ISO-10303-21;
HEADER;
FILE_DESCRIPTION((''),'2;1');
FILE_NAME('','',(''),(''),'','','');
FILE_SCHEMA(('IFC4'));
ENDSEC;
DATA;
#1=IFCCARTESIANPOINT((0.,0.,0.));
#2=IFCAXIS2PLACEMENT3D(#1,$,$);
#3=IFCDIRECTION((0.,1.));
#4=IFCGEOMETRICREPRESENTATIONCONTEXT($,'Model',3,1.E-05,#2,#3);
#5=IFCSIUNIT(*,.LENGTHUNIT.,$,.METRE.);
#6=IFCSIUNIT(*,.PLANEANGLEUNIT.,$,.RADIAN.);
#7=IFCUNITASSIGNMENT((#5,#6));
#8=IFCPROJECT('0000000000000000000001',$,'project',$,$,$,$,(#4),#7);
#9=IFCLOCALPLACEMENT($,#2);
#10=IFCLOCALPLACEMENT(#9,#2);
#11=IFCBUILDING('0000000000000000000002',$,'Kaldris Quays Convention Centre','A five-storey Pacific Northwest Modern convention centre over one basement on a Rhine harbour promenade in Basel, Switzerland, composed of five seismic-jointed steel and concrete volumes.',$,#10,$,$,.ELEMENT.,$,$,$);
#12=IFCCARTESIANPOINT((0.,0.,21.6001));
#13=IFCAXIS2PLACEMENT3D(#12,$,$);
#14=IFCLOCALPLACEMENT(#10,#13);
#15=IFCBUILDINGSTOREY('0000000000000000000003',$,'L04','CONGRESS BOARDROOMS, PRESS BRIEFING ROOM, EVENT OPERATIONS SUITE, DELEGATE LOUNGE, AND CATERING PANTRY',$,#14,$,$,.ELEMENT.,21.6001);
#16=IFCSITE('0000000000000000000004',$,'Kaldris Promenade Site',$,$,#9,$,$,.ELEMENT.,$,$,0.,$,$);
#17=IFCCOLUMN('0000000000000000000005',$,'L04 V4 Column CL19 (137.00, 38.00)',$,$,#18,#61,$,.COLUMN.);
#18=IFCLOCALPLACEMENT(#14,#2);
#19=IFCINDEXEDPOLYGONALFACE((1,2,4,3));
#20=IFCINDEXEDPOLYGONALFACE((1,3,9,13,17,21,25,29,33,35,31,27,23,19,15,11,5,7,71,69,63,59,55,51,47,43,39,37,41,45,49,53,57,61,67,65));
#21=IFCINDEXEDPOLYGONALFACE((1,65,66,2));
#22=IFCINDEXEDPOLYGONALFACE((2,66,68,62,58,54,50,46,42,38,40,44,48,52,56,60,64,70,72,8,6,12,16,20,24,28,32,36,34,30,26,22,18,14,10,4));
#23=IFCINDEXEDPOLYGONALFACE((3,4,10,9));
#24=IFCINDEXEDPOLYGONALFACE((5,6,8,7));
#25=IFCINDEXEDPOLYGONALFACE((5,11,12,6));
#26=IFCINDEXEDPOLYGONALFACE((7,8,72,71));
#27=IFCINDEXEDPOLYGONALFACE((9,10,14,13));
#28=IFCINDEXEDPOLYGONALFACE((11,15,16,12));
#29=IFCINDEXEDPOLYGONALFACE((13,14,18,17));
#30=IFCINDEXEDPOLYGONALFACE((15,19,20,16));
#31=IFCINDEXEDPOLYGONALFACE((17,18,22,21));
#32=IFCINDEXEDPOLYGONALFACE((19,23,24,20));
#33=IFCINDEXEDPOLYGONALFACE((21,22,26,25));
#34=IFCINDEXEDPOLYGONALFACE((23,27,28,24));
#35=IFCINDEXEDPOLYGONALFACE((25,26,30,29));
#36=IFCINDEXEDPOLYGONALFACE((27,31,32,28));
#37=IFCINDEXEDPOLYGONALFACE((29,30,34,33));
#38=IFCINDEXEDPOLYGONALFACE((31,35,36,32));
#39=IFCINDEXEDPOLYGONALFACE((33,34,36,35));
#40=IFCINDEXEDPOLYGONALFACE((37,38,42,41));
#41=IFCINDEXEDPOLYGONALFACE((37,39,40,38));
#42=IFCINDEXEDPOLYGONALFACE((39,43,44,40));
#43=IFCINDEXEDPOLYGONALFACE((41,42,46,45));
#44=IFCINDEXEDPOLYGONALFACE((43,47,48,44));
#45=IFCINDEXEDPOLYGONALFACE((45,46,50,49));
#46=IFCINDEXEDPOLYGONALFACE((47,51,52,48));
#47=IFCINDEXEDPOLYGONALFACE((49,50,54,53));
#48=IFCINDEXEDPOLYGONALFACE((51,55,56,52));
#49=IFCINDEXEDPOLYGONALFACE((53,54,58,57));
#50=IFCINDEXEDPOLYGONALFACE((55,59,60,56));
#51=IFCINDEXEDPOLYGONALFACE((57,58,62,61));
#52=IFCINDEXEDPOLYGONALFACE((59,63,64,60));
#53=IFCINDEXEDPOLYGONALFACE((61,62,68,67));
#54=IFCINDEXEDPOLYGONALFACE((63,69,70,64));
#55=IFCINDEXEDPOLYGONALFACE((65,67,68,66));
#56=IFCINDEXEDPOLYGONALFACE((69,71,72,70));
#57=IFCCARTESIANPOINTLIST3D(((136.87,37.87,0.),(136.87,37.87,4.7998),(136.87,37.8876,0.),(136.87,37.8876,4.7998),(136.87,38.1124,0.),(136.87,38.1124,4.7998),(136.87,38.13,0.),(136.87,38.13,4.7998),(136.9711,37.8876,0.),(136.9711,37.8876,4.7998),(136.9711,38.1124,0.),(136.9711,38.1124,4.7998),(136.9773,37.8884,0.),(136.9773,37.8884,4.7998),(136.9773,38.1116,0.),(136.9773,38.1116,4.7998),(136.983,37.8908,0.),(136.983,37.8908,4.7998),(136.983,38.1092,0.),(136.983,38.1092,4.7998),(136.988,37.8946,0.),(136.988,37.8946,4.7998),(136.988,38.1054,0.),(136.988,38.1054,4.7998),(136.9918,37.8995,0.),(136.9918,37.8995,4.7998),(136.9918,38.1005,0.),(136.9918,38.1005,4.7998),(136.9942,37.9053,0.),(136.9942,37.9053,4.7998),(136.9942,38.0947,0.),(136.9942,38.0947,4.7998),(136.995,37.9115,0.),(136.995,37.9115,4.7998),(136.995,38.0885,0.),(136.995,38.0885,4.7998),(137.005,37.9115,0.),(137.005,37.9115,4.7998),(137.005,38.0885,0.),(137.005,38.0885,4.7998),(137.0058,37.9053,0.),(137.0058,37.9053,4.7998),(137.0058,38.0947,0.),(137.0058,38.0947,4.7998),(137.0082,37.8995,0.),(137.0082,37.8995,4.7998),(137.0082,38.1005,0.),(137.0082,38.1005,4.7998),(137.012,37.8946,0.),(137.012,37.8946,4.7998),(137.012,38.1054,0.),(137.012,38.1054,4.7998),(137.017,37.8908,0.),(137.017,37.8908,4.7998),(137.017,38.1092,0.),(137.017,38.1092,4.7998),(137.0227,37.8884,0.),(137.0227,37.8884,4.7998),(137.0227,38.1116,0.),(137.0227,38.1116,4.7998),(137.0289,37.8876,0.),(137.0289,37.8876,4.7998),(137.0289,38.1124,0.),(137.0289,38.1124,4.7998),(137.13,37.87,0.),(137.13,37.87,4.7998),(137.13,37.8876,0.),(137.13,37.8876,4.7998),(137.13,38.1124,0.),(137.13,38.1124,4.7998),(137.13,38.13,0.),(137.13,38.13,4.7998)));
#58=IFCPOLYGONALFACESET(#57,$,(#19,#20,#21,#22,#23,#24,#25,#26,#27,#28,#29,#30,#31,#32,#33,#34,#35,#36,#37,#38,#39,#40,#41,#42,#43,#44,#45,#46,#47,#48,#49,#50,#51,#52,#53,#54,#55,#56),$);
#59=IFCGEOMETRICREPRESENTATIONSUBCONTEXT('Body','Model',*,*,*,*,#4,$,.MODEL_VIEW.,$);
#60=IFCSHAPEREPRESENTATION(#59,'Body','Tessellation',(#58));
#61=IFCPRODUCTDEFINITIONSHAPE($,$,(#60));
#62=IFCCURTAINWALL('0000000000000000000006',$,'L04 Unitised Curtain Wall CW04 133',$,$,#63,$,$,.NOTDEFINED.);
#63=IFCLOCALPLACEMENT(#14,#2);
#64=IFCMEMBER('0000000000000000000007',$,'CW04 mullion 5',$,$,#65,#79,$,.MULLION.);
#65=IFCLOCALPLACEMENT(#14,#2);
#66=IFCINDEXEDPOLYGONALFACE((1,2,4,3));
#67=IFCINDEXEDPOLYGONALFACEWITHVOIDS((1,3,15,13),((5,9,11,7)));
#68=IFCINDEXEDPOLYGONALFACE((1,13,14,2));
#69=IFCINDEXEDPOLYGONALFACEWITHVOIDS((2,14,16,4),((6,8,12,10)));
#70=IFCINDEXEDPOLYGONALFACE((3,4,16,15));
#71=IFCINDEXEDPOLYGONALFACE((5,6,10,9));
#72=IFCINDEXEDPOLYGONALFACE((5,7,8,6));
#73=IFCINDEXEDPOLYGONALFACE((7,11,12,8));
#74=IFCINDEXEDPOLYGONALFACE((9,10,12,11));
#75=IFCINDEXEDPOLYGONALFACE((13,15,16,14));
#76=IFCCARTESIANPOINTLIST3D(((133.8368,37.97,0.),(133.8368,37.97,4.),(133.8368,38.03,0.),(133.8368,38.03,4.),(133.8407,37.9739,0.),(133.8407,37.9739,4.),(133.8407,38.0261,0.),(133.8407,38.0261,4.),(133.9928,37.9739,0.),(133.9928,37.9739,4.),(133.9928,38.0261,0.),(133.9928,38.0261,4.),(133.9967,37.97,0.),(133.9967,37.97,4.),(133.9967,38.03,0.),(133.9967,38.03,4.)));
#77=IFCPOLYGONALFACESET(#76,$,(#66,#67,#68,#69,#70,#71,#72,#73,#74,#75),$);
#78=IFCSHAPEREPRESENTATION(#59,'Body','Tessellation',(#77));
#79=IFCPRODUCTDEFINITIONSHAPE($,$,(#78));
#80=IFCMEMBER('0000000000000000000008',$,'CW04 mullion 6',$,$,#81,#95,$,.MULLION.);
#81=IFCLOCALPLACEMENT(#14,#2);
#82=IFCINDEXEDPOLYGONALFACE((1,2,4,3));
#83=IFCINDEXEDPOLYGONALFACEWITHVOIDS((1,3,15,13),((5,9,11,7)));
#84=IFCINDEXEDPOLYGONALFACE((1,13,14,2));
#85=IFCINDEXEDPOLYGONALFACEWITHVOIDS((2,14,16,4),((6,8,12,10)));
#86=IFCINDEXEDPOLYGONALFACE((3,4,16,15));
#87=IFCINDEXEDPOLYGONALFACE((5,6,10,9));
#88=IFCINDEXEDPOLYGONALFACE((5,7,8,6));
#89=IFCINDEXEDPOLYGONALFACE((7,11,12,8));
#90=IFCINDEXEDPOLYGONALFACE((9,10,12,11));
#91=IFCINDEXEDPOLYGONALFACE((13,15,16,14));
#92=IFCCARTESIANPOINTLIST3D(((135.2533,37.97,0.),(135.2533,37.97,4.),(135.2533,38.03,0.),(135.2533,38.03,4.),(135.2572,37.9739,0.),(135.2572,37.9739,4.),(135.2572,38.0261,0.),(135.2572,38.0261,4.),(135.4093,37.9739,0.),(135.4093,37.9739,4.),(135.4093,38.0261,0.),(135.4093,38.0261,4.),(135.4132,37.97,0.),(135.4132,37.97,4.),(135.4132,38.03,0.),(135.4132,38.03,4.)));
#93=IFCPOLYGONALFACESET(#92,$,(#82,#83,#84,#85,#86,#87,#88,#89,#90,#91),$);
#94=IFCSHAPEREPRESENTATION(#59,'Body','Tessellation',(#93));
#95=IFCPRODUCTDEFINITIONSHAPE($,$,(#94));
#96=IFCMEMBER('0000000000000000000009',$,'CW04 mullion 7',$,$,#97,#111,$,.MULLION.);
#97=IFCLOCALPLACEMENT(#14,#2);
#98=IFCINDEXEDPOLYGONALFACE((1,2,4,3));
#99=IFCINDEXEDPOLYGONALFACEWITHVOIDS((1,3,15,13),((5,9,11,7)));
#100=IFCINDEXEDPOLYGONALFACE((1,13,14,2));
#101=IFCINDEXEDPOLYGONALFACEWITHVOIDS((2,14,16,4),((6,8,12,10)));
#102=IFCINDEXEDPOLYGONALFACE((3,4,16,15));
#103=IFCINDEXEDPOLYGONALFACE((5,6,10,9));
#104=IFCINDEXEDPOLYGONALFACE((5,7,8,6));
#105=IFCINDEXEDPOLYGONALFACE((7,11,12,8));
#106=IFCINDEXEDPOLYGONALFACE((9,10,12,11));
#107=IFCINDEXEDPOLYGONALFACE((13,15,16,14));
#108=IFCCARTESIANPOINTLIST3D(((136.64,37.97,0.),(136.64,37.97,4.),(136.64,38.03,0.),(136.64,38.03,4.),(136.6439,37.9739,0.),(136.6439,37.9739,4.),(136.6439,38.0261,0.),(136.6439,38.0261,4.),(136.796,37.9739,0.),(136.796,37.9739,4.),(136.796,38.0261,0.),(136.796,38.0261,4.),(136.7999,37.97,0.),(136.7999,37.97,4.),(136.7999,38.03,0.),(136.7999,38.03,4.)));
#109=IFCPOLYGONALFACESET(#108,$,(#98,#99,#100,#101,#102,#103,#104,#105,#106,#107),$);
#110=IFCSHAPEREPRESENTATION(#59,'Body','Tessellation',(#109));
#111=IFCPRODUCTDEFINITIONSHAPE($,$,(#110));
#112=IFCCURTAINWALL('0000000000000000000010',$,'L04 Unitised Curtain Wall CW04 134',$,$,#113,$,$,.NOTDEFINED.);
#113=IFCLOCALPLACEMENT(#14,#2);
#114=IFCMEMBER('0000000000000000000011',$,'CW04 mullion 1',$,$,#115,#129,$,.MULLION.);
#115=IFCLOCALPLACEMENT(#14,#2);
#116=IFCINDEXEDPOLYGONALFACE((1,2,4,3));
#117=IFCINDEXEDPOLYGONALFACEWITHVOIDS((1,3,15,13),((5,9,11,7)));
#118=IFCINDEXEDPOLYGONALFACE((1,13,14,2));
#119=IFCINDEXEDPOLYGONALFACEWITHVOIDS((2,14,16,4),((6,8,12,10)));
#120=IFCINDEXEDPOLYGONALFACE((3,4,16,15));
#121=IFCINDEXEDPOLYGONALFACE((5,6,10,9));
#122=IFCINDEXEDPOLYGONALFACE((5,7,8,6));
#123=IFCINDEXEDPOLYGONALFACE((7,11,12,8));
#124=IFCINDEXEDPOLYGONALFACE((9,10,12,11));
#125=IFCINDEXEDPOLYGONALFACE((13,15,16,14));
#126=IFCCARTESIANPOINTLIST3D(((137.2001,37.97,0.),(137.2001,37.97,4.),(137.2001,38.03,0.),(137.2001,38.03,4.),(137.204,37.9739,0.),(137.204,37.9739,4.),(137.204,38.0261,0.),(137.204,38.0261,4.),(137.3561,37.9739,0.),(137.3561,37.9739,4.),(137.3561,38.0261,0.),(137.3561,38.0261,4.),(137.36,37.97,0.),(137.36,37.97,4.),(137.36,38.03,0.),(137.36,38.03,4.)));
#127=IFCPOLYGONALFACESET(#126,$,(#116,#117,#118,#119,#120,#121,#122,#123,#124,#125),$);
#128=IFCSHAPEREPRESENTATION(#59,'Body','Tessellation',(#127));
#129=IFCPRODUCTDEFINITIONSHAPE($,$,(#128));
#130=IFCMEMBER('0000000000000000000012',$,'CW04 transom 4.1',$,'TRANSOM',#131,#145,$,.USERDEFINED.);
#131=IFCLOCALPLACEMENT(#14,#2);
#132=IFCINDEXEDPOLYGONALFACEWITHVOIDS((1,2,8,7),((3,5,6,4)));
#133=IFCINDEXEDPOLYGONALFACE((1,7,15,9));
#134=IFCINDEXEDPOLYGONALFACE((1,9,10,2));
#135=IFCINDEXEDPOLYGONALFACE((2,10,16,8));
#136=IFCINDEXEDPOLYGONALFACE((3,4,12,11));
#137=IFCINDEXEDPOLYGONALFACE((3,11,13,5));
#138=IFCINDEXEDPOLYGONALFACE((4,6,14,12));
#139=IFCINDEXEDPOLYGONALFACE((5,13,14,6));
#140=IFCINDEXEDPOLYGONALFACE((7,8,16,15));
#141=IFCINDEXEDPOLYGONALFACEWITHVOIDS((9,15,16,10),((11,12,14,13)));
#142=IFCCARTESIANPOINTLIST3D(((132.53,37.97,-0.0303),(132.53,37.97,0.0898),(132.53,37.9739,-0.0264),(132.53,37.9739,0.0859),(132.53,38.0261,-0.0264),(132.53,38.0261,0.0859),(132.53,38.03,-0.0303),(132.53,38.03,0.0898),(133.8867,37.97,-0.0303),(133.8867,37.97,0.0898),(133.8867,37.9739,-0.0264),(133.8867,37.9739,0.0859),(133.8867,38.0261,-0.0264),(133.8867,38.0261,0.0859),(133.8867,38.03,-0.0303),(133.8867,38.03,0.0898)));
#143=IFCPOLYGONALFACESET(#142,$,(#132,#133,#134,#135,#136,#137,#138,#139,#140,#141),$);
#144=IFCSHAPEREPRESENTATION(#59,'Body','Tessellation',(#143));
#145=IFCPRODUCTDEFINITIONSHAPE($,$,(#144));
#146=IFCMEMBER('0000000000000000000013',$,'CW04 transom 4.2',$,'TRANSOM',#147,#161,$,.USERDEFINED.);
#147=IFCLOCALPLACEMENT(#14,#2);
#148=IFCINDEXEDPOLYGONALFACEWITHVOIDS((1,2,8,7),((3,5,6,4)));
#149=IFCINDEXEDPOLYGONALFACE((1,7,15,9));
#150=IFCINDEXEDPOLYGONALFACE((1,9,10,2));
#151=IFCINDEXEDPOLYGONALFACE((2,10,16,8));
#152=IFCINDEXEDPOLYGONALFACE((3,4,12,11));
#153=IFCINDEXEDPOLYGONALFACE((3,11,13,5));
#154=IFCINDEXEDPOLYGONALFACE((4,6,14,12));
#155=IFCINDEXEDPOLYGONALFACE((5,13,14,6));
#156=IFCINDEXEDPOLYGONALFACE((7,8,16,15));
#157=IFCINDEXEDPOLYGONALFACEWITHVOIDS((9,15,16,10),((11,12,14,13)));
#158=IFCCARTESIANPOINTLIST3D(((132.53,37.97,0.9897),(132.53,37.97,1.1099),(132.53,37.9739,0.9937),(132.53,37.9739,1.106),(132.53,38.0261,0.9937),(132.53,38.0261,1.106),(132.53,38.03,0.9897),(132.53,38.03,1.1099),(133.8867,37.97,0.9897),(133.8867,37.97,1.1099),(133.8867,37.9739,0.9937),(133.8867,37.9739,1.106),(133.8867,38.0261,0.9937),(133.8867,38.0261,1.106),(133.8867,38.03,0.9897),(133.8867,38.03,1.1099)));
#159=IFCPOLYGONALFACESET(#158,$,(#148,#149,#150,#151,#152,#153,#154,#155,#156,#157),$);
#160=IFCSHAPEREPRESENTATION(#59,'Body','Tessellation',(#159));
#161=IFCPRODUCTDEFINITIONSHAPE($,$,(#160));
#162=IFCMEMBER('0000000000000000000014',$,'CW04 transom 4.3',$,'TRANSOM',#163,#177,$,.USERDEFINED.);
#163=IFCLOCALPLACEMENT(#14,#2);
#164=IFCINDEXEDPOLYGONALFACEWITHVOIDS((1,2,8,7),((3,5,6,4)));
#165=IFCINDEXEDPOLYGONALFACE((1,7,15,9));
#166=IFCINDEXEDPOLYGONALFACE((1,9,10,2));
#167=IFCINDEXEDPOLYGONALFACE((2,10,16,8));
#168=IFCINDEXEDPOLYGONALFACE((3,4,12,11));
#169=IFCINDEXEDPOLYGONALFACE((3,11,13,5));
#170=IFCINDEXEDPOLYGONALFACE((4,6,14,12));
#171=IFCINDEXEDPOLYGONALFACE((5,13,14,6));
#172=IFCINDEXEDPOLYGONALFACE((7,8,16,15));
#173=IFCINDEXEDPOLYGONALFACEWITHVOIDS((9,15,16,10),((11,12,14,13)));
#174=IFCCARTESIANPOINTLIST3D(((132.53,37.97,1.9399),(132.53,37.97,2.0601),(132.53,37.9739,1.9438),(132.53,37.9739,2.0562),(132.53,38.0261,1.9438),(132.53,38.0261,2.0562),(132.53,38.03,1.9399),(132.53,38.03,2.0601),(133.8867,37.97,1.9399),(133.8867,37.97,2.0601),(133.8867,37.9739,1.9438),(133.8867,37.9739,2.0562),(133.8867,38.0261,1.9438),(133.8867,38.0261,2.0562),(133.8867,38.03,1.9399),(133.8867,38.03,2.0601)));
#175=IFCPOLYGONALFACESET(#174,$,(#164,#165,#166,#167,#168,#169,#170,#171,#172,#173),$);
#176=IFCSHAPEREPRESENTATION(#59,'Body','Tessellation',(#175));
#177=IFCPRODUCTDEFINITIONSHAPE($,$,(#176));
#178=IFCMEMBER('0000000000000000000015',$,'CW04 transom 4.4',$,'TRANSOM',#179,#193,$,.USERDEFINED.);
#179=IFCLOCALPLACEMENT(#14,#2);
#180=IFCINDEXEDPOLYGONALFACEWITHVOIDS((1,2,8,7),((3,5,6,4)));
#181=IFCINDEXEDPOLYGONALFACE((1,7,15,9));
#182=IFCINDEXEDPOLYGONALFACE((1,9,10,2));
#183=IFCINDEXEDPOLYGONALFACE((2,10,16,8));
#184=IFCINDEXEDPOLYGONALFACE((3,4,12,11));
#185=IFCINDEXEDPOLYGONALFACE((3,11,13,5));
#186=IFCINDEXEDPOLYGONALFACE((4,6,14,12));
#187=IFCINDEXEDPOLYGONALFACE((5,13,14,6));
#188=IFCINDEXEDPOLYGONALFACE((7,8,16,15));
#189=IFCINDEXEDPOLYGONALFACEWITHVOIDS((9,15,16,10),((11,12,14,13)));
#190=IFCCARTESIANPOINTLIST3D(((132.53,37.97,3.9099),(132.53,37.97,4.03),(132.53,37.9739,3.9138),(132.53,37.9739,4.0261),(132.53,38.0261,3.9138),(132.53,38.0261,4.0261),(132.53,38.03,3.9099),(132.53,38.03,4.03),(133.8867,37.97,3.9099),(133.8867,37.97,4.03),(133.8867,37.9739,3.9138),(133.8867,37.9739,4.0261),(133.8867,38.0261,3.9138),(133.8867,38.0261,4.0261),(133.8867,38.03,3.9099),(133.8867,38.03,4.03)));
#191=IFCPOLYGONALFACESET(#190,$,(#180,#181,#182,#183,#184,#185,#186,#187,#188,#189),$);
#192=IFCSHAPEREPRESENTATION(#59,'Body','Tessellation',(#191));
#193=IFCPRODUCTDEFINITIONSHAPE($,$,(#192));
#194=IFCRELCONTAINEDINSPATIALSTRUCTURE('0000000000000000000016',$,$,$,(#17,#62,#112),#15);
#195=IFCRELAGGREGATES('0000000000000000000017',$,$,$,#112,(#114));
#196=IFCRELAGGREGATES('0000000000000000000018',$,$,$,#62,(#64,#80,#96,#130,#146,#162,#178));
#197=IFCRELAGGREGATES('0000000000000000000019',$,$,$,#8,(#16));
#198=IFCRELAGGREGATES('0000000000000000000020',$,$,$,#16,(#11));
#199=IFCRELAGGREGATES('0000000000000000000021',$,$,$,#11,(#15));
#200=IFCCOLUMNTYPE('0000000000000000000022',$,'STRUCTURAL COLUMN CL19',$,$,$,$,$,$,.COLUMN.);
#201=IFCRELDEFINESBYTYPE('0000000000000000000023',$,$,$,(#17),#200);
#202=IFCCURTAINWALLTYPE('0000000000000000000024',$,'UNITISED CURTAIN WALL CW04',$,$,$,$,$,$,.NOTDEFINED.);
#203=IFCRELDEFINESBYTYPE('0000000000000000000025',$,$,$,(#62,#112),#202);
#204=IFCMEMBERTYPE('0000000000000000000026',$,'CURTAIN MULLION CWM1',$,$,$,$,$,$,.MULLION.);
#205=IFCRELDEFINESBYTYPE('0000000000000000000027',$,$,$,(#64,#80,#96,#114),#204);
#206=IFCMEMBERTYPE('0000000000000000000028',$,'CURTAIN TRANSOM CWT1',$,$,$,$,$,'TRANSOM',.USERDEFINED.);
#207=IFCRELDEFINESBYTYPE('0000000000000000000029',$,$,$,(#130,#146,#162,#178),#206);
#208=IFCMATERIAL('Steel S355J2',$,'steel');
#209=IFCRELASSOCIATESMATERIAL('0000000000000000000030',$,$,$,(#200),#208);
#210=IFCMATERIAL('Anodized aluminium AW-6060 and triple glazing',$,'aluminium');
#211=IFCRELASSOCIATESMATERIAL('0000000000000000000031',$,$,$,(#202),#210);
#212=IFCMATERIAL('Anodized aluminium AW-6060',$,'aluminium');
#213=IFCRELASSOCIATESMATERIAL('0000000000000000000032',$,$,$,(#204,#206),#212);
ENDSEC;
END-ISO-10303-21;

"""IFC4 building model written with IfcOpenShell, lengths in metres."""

from ifc_helpers import new_model, si_unit, direction, frame, origin, origin_2d, place, context, subcontext, project, spatial, hollow_rectangle, i_section, extrude, material, material_profile, profile_set, type_object, element, aggregate, save


model = new_model("IFC4")

# Units and contexts
model_context = context("Model", 3, precision=1e-05, world=origin(), true_north=direction((0.0, 1.0)))
body_context = subcontext(model_context, "Body", "Model", "MODEL_VIEW")
ifc_project = project(units=[si_unit("LENGTHUNIT", "METRE"), si_unit("PLANEANGLEUNIT", "RADIAN")], contexts=[model_context])

# Site, building, storey
site_placement = place(None, origin())
site = spatial("IfcSite", under=ifc_project, at=site_placement, Name="Kaldris Promenade Site", CompositionType="ELEMENT", RefElevation=0.0)
building_placement = place(site_placement, origin())
building = spatial("IfcBuilding", under=site, at=building_placement, Name="Kaldris Quays Convention Centre", Description="A five-storey Pacific Northwest Modern convention centre over one basement on a Rhine harbour promenade in Basel, Switzerland, composed of five seismic-jointed steel and concrete volumes.", CompositionType="ELEMENT")
storey_placement = place(building_placement, frame((0.0, 0.0, 21.6001)))
storey = spatial("IfcBuildingStorey", under=building, at=storey_placement, Name="L04", Description="CONGRESS BOARDROOMS, PRESS BRIEFING ROOM, EVENT OPERATIONS SUITE, DELEGATE LOUNGE, AND CATERING PANTRY", CompositionType="ELEMENT", Elevation=21.6001)

# Column
ifc_material_1 = material(Name="Steel S355J2", Category="steel")
ifc_material_profile_1 = material_profile(ifc_material_1, i_section(OverallWidth=0.26, OverallDepth=0.26, WebThickness=0.01, FlangeThickness=0.0176, FilletRadius=0.0239, at=origin_2d()), Name="HEB 260")
ifc_profile_set_1 = profile_set([ifc_material_profile_1], Name="Steel S355J2")
column_type = type_object("IfcColumnType", Name="STRUCTURAL COLUMN CL19", PredefinedType="COLUMN", material=ifc_profile_set_1)
column_placement = place(storey_placement, frame((137.0, 38.0, 0.0), z_axis=(0.0, 0.0, 1.0), x_axis=(1.0, 0.0, 0.0)))
element("IfcColumn", 1, at=column_placement, inside=storey, type_object=column_type, Name="L04 V4 Column CL19 (137.00, 38.00)", PredefinedType="COLUMN", context=body_context, shape_type="SweptSolid", body=[
    extrude(i_section(OverallWidth=0.26, OverallDepth=0.26, WebThickness=0.01, FlangeThickness=0.0176, FilletRadius=0.0239, at=origin_2d()), origin(), (0.0, 0.0, 1.0), 4.7998),
])

# Curtain wall, members
ifc_material_2 = material(Name="Anodized aluminium AW-6060 and triple glazing", Category="aluminium")
curtain_wall_type = type_object("IfcCurtainWallType", Name="UNITISED CURTAIN WALL CW04", PredefinedType="NOTDEFINED", material=ifc_material_2)
curtain_wall_1_placement = place(storey_placement, origin())
curtain_wall_1 = element("IfcCurtainWall", 2, at=curtain_wall_1_placement, inside=storey, type_object=curtain_wall_type, Name="L04 Unitised Curtain Wall CW04 133", PredefinedType="NOTDEFINED")
ifc_material_3 = material(Name="Anodized aluminium AW-6060", Category="aluminium")
ifc_material_profile_2 = material_profile(ifc_material_3, hollow_rectangle(XDim=0.0601, YDim=0.1599, WallThickness=0.0039, at=origin_2d()), Name="RHS 160x60x4")
ifc_profile_set_2 = profile_set([ifc_material_profile_2], Name="Anodized aluminium AW-6060")
member_type_1 = type_object("IfcMemberType", Name="CURTAIN MULLION CWM1", PredefinedType="MULLION", material=ifc_profile_set_2)
member_1_placement = place(storey_placement, frame((133.9167, 38.0, 0.0), z_axis=(0.0, 0.0, 1.0), x_axis=(0.0, 1.0, 0.0)))
member_1 = element("IfcMember", 3, at=member_1_placement, type_object=member_type_1, Name="CW04 mullion 5", PredefinedType="MULLION", context=body_context, shape_type="SweptSolid", body=[
    extrude(hollow_rectangle(XDim=0.0601, YDim=0.1599, WallThickness=0.0039, at=origin_2d()), origin(), (0.0, 0.0, 1.0), 4.0),
])
member_2_placement = place(storey_placement, frame((135.3333, 38.0, 0.0), z_axis=(0.0, 0.0, 1.0), x_axis=(0.0, 1.0, 0.0)))
member_2 = element("IfcMember", 4, at=member_2_placement, type_object=member_type_1, Name="CW04 mullion 6", PredefinedType="MULLION", context=body_context, shape_type="SweptSolid", body=[
    extrude(hollow_rectangle(XDim=0.0601, YDim=0.1599, WallThickness=0.0039, at=origin_2d()), origin(), (0.0, 0.0, 1.0), 4.0),
])
member_3_placement = place(storey_placement, frame((136.72, 38.0, 0.0), z_axis=(0.0, 0.0, 1.0), x_axis=(0.0, 1.0, 0.0)))
member_3 = element("IfcMember", 5, at=member_3_placement, type_object=member_type_1, Name="CW04 mullion 7", PredefinedType="MULLION", context=body_context, shape_type="SweptSolid", body=[
    extrude(hollow_rectangle(XDim=0.0601, YDim=0.1599, WallThickness=0.0039, at=origin_2d()), origin(), (0.0, 0.0, 1.0), 4.0),
])

# Curtain wall, member
curtain_wall_2_placement = place(storey_placement, origin())
curtain_wall_2 = element("IfcCurtainWall", 6, at=curtain_wall_2_placement, inside=storey, type_object=curtain_wall_type, Name="L04 Unitised Curtain Wall CW04 134", PredefinedType="NOTDEFINED")
member_4_placement = place(storey_placement, frame((137.28, 38.0, 0.0), z_axis=(0.0, 0.0, 1.0), x_axis=(0.0, 1.0, 0.0)))
member_4 = element("IfcMember", 7, at=member_4_placement, type_object=member_type_1, Name="CW04 mullion 1", PredefinedType="MULLION", context=body_context, shape_type="SweptSolid", body=[
    extrude(hollow_rectangle(XDim=0.0601, YDim=0.1599, WallThickness=0.0039, at=origin_2d()), origin(), (0.0, 0.0, 1.0), 4.0),
])

# Members
ifc_material_profile_3 = material_profile(ifc_material_3, hollow_rectangle(XDim=0.0601, YDim=0.1201, WallThickness=0.0039, at=origin_2d()), Name="RHS 120x60x4")
ifc_profile_set_3 = profile_set([ifc_material_profile_3], Name="Anodized aluminium AW-6060")
member_type_2 = type_object("IfcMemberType", Name="CURTAIN TRANSOM CWT1", ElementType="TRANSOM", PredefinedType="USERDEFINED", material=ifc_profile_set_3)
member_5_placement = place(storey_placement, frame((132.53, 38.0, 0.0298), z_axis=(1.0, 0.0, 0.0), x_axis=(0.0, 1.0, 0.0)))
member_5 = element("IfcMember", 8, at=member_5_placement, type_object=member_type_2, Name="CW04 transom 4.1", ObjectType="TRANSOM", PredefinedType="USERDEFINED", context=body_context, shape_type="SweptSolid", body=[
    extrude(hollow_rectangle(XDim=0.0601, YDim=0.1201, WallThickness=0.0039, at=origin_2d()), origin(), (0.0, 0.0, 1.0), 1.3567),
])
member_6_placement = place(storey_placement, frame((132.53, 38.0, 1.0498), z_axis=(1.0, 0.0, 0.0), x_axis=(0.0, 1.0, 0.0)))
member_6 = element("IfcMember", 9, at=member_6_placement, type_object=member_type_2, Name="CW04 transom 4.2", ObjectType="TRANSOM", PredefinedType="USERDEFINED", context=body_context, shape_type="SweptSolid", body=[
    extrude(hollow_rectangle(XDim=0.0601, YDim=0.1201, WallThickness=0.0039, at=origin_2d()), origin(), (0.0, 0.0, 1.0), 1.3567),
])
member_7_placement = place(storey_placement, frame((132.53, 38.0, 2.0), z_axis=(1.0, 0.0, 0.0), x_axis=(0.0, 1.0, 0.0)))
member_7 = element("IfcMember", 10, at=member_7_placement, type_object=member_type_2, Name="CW04 transom 4.3", ObjectType="TRANSOM", PredefinedType="USERDEFINED", context=body_context, shape_type="SweptSolid", body=[
    extrude(hollow_rectangle(XDim=0.0601, YDim=0.1201, WallThickness=0.0039, at=origin_2d()), origin(), (0.0, 0.0, 1.0), 1.3567),
])
member_8_placement = place(storey_placement, frame((132.53, 38.0, 3.97), z_axis=(1.0, 0.0, 0.0), x_axis=(0.0, 1.0, 0.0)))
member_8 = element("IfcMember", 11, at=member_8_placement, type_object=member_type_2, Name="CW04 transom 4.4", ObjectType="TRANSOM", PredefinedType="USERDEFINED", context=body_context, shape_type="SweptSolid", body=[
    extrude(hollow_rectangle(XDim=0.0601, YDim=0.1201, WallThickness=0.0039, at=origin_2d()), origin(), (0.0, 0.0, 1.0), 1.3567),
])
aggregate(curtain_wall_2, [member_4])

aggregate(curtain_wall_1, [member_1, member_2, member_3, member_5, member_6, member_7, member_8])

save(model, "model.ifc")
